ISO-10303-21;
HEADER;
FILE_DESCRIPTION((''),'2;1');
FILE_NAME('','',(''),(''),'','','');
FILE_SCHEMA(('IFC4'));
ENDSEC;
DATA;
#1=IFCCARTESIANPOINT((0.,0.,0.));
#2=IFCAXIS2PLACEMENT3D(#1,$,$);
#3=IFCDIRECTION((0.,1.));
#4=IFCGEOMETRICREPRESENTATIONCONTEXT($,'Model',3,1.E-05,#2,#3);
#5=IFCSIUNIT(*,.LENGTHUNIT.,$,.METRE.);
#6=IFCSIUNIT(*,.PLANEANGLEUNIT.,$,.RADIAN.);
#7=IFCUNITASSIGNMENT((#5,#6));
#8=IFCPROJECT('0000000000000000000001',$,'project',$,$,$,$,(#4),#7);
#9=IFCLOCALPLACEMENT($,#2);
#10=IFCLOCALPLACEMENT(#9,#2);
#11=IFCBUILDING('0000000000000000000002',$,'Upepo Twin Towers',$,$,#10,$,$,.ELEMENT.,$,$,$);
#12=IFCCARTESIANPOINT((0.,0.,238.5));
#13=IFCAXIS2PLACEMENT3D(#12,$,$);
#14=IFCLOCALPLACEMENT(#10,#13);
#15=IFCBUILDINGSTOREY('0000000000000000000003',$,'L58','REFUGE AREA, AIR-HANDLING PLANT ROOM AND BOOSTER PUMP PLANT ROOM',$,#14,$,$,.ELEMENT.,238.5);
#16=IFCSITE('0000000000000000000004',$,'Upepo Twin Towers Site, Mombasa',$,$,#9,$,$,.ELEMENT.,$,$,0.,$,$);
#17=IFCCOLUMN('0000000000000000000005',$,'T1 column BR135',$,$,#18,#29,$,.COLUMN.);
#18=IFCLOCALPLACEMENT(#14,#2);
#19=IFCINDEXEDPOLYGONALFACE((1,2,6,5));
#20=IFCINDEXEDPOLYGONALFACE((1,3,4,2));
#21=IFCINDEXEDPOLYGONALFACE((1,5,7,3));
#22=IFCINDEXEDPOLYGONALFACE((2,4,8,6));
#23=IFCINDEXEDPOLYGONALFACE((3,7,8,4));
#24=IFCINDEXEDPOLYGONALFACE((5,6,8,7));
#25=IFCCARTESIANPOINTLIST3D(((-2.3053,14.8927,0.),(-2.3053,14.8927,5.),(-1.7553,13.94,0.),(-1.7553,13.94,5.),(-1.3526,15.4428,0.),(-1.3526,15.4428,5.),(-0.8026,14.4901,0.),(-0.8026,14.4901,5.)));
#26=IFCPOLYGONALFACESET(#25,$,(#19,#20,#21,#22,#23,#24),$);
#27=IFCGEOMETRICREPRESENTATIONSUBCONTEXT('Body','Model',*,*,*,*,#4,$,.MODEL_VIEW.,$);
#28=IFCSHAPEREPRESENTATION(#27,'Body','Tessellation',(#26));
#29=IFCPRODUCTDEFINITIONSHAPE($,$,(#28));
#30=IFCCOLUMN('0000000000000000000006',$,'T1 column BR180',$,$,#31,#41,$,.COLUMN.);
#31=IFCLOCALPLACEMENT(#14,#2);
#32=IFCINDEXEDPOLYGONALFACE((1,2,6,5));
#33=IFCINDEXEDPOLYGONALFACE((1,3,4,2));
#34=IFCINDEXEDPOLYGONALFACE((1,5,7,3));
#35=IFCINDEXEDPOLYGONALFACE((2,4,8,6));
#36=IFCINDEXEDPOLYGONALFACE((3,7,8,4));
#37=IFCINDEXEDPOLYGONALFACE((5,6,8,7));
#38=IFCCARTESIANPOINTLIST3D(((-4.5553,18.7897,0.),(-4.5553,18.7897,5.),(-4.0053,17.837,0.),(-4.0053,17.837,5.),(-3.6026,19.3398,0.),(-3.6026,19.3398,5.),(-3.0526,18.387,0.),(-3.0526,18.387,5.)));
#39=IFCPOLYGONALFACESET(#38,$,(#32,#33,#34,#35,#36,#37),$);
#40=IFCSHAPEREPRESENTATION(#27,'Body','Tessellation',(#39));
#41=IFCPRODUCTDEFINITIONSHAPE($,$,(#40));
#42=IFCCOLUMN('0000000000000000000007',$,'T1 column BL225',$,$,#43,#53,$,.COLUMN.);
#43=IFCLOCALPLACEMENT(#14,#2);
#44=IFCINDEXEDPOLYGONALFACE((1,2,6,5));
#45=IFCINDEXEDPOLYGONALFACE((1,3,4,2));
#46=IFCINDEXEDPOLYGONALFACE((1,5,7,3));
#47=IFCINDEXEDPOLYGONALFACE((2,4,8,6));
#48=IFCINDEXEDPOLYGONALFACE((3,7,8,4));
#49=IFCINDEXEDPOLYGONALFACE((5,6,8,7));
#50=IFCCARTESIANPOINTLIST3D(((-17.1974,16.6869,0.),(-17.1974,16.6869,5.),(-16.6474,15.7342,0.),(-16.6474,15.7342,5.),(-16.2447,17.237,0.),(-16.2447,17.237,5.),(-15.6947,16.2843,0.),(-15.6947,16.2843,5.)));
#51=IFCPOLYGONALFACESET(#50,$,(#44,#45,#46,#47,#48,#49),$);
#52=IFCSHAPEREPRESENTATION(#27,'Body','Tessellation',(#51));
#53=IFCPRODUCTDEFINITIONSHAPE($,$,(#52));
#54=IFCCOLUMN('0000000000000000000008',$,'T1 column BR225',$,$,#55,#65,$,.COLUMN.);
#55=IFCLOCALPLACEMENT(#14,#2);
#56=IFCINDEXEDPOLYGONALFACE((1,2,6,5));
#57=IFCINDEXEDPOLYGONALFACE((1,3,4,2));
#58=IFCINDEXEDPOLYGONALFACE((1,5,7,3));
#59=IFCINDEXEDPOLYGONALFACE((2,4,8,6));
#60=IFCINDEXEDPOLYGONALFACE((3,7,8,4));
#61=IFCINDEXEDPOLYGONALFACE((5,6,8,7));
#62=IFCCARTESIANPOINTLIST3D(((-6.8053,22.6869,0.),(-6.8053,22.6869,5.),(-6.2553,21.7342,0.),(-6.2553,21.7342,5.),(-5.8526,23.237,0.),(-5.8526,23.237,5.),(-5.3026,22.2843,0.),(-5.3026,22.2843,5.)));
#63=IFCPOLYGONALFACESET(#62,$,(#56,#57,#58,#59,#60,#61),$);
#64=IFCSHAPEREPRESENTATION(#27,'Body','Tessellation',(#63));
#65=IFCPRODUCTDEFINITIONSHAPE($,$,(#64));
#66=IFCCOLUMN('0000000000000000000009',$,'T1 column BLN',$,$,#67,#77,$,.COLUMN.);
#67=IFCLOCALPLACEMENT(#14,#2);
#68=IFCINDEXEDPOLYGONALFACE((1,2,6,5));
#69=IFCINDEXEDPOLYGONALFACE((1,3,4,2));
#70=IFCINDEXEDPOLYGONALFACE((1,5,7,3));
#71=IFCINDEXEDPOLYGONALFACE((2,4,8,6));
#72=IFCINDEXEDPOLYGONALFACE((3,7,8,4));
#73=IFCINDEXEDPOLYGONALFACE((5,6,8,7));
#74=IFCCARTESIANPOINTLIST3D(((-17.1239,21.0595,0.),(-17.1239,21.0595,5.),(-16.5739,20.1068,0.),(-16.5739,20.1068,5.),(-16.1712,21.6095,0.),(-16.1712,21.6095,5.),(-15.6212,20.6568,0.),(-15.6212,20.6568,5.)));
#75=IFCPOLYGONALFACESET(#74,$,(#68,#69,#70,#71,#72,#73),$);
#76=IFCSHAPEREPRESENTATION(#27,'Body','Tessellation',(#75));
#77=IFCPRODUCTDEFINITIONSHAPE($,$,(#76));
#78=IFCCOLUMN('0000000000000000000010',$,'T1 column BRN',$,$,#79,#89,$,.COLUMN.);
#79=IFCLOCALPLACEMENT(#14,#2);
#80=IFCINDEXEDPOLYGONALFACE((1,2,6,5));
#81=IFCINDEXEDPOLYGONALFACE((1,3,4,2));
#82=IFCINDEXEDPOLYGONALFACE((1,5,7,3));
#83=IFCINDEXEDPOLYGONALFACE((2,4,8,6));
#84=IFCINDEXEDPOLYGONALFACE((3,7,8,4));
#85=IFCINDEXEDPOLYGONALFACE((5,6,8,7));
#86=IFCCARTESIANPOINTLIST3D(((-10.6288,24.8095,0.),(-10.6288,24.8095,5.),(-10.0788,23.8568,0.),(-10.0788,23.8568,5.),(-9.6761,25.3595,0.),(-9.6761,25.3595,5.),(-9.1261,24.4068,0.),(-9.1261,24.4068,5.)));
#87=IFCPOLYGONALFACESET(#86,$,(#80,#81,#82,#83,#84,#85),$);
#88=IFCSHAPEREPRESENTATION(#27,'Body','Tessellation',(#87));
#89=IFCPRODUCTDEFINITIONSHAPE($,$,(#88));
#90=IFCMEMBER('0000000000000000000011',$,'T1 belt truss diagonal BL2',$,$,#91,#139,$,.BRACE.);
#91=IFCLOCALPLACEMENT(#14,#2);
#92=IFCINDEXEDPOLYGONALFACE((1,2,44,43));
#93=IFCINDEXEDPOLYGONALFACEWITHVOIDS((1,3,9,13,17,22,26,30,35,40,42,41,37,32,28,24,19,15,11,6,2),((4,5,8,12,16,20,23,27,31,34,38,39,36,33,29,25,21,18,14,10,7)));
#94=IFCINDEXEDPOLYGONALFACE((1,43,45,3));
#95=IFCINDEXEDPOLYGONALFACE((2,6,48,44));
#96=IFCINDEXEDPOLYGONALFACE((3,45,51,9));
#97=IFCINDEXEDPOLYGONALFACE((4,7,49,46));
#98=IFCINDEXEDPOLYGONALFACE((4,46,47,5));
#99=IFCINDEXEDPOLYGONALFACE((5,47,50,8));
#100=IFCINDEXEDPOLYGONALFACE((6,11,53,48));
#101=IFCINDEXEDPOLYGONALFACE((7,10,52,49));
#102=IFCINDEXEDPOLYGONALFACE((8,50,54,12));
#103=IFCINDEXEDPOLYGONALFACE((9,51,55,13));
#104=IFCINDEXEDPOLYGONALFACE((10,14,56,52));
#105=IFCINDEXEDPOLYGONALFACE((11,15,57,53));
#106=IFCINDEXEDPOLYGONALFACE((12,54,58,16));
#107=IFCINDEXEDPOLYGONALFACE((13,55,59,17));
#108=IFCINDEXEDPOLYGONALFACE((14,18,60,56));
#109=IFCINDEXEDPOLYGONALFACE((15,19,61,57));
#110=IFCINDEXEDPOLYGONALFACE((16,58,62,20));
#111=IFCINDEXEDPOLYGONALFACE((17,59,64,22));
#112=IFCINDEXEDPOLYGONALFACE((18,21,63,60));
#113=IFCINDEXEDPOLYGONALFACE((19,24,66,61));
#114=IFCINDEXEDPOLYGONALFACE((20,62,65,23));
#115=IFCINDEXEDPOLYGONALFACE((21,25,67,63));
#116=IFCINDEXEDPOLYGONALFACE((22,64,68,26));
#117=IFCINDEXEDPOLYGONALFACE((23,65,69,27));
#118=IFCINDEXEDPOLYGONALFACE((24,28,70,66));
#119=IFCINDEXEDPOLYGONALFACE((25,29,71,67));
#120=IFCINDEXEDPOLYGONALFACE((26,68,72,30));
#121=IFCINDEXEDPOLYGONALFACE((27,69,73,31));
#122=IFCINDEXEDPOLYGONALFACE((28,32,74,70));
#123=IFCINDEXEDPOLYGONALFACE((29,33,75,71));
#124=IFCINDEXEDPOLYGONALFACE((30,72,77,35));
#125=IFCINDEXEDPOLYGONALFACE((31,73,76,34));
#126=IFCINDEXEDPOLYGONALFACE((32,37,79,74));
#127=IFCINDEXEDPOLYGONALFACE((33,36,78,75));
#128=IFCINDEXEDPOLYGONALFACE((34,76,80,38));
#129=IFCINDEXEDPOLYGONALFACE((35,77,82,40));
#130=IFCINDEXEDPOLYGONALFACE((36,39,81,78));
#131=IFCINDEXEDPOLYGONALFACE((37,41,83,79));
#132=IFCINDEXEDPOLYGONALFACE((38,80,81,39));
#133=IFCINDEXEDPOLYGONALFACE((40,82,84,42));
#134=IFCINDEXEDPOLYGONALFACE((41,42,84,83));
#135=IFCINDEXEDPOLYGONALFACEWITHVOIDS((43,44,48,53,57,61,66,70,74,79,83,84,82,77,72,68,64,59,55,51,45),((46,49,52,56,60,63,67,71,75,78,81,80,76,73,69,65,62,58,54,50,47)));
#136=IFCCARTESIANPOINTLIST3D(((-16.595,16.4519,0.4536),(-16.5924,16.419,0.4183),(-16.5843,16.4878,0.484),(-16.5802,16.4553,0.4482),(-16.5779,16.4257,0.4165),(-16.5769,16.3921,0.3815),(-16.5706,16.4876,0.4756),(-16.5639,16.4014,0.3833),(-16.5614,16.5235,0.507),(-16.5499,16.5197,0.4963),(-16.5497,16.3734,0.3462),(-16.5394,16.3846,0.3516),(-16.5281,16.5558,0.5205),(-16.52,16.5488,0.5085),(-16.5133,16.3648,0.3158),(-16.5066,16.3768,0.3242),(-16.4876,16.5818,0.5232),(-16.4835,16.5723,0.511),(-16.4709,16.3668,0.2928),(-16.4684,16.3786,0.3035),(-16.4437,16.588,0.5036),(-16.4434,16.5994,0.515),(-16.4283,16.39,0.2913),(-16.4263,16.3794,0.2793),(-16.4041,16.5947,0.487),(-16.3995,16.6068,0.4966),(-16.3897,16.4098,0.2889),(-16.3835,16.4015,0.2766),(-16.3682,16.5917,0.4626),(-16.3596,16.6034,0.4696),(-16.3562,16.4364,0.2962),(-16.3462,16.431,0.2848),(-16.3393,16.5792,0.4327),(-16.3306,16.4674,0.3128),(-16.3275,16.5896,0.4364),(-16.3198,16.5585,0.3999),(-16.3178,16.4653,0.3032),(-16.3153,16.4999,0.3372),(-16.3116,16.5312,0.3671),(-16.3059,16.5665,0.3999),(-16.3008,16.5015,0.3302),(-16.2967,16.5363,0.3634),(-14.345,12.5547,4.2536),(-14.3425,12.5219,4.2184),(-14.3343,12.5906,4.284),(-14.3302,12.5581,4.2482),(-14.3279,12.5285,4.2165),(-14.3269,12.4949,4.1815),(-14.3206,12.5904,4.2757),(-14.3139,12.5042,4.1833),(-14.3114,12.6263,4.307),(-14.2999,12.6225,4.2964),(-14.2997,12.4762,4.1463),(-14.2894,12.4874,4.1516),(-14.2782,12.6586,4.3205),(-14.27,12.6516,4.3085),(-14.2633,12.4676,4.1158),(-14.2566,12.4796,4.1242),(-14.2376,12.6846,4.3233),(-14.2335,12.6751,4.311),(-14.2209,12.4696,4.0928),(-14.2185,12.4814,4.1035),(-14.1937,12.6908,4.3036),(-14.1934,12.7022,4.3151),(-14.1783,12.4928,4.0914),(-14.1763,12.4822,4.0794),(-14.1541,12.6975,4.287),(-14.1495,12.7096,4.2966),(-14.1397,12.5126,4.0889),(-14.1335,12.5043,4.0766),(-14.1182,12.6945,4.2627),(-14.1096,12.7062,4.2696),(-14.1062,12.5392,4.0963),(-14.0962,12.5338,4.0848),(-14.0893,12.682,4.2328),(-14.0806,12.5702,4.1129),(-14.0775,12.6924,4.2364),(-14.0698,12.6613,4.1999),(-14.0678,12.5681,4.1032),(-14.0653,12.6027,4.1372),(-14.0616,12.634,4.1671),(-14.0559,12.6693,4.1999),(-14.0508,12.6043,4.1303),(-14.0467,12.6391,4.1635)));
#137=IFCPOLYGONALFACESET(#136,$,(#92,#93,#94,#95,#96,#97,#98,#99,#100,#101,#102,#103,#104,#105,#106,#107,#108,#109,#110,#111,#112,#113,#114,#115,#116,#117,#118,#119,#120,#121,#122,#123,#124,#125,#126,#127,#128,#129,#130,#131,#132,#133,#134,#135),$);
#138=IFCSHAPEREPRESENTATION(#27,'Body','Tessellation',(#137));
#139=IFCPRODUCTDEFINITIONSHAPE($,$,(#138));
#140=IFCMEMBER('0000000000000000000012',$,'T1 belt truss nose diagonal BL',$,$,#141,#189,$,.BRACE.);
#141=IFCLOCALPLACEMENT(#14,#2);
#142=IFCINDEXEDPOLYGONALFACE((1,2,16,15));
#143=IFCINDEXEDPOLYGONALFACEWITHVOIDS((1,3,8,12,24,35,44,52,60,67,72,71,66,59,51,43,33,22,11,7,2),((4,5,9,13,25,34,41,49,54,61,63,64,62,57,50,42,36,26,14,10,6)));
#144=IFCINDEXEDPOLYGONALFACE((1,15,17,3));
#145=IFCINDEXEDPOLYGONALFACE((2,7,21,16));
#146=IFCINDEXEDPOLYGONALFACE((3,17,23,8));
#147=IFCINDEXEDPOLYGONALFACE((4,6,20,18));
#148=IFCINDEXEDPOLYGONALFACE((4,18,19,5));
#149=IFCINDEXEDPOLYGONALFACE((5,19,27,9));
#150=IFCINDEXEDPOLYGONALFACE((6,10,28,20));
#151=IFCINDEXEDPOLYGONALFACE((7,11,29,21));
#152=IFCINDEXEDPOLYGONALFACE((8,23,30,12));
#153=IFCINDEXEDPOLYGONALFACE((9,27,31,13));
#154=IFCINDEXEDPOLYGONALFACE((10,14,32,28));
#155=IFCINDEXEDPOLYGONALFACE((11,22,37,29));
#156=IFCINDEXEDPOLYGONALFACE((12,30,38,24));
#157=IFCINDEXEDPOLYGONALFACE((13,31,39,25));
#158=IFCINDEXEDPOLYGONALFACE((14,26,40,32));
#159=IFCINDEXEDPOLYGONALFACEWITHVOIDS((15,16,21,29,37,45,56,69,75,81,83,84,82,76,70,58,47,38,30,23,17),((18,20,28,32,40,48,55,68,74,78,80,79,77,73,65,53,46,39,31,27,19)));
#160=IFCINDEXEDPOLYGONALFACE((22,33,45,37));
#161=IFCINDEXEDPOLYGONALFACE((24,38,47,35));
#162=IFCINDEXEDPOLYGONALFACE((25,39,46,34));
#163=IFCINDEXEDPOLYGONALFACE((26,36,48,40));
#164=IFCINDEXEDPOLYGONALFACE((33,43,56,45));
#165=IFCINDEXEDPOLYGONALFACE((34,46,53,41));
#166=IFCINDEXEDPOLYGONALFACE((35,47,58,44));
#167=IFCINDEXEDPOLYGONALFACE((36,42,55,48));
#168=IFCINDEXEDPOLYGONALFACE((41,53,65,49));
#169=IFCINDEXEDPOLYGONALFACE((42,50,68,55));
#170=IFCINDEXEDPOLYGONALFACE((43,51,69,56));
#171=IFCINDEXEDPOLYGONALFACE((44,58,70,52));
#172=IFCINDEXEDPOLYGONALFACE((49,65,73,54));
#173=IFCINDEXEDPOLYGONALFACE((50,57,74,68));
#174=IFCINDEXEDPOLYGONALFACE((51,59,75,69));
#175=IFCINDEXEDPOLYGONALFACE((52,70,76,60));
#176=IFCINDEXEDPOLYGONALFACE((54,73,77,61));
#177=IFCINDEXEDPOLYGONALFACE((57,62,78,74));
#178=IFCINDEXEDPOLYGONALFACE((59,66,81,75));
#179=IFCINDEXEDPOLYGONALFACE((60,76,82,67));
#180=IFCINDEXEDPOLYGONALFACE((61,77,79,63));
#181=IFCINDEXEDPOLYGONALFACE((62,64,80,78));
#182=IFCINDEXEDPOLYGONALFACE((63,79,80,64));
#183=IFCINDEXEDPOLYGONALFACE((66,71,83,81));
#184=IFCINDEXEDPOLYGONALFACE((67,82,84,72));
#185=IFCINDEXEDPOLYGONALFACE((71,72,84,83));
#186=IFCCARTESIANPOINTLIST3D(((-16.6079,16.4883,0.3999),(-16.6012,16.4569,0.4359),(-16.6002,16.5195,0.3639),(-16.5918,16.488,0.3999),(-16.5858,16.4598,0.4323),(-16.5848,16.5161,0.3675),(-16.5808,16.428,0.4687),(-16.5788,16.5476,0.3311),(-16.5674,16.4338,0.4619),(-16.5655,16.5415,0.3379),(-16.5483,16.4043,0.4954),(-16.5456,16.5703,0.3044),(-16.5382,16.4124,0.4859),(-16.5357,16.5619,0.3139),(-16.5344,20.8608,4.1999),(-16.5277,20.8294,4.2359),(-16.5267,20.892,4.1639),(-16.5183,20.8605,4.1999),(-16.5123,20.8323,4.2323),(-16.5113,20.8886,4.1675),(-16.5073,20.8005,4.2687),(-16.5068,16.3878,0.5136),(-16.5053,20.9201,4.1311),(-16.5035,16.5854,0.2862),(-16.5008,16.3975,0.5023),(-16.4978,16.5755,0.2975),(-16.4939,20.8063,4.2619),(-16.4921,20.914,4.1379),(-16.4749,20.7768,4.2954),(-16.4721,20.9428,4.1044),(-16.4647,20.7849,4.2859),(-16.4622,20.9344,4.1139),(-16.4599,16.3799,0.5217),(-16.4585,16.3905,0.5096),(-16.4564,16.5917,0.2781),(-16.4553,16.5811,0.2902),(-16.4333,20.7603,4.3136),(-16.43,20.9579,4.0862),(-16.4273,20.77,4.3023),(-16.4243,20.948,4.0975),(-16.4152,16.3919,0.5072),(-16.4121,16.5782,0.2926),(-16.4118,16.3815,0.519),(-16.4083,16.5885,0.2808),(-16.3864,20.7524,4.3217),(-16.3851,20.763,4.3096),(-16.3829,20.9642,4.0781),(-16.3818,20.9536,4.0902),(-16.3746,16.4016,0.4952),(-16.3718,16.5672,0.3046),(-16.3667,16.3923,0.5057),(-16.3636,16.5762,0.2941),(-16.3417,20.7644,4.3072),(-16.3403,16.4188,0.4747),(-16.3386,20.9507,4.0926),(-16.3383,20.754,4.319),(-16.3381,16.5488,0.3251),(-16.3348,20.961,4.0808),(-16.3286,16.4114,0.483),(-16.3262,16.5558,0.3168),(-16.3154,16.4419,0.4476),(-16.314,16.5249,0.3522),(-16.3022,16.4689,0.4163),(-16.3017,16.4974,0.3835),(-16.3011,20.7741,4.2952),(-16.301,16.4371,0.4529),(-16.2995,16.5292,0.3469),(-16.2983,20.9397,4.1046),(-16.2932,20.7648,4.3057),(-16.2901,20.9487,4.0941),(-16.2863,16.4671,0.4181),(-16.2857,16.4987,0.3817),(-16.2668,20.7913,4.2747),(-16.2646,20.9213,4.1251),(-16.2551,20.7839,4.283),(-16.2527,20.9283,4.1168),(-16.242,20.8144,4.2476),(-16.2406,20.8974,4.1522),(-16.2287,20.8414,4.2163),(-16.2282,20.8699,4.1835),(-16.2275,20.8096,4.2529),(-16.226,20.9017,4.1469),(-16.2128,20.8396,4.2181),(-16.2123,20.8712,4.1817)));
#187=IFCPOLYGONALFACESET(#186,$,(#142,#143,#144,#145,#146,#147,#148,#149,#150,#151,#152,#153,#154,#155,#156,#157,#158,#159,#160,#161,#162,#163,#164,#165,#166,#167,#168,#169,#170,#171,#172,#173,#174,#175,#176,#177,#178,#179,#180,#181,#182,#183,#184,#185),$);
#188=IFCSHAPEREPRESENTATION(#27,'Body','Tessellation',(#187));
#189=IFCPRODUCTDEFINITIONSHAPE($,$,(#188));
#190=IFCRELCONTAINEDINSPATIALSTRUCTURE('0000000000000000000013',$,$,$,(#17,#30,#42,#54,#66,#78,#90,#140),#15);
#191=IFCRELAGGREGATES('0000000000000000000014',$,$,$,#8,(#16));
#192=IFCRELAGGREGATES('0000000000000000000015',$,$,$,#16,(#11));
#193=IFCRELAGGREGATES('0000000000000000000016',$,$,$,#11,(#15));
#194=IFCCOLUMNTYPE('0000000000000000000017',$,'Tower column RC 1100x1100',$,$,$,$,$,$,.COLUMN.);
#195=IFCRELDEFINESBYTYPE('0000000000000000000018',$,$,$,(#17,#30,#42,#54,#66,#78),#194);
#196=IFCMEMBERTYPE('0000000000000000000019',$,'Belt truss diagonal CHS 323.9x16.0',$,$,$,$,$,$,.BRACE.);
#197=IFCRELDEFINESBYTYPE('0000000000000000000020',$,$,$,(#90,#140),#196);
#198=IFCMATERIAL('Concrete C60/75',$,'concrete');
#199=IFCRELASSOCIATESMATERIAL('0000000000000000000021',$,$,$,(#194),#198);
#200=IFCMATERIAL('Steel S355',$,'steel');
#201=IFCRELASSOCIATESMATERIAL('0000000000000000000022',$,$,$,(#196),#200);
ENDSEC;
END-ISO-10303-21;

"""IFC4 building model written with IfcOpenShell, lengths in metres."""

from ifc_helpers import new_model, si_unit, direction, frame, origin, origin_2d, place, context, subcontext, project, spatial, rectangle, hollow_circle, extrude, material, material_profile, profile_set, type_object, element, save


model = new_model("IFC4")

# Units and contexts
model_context = context("Model", 3, precision=1e-05, world=origin(), true_north=direction((0.0, 1.0)))
body_context = subcontext(model_context, "Body", "Model", "MODEL_VIEW")
ifc_project = project(units=[si_unit("LENGTHUNIT", "METRE"), si_unit("PLANEANGLEUNIT", "RADIAN")], contexts=[model_context])

# Site, building, storey
site_placement = place(None, origin())
site = spatial("IfcSite", under=ifc_project, at=site_placement, Name="Upepo Twin Towers Site, Mombasa", CompositionType="ELEMENT", RefElevation=0.0)
building_placement = place(site_placement, origin())
building = spatial("IfcBuilding", under=site, at=building_placement, Name="Upepo Twin Towers", CompositionType="ELEMENT")
storey_placement = place(building_placement, frame((0.0, 0.0, 238.5)))
storey = spatial("IfcBuildingStorey", under=building, at=storey_placement, Name="L58", Description="REFUGE AREA, AIR-HANDLING PLANT ROOM AND BOOSTER PUMP PLANT ROOM", CompositionType="ELEMENT", Elevation=238.5)

# Columns
ifc_material_1 = material(Name="Concrete C60/75", Category="concrete")
ifc_material_profile_1 = material_profile(ifc_material_1, rectangle(XDim=1.1001, YDim=1.1001, at=origin_2d()), Name="RC 1100x1100")
ifc_profile_set_1 = profile_set([ifc_material_profile_1], Name="Concrete C60/75")
column_type = type_object("IfcColumnType", Name="Tower column RC 1100x1100", PredefinedType="COLUMN", material=ifc_profile_set_1)
for number, where, z_axis, x_axis, name in (
    (1, (-1.554, 14.6914, 0.0), (0.0, 0.0, 1.0), (0.866025, 0.5, 0.0), "T1 column BR135"),
    (2, (-3.804, 18.5884, 0.0), (0.0, 0.0, 1.0), (0.866025, 0.5, 0.0), "T1 column BR180"),
    (3, (-16.446, 16.4856, 0.0), (0.0, 0.0, 1.0), (0.866025, 0.5, 0.0), "T1 column BL225"),
    (4, (-6.054, 22.4856, 0.0), (0.0, 0.0, 1.0), (0.866025, 0.5, 0.0), "T1 column BR225"),
    (5, (-16.3726, 20.8582, 0.0), (0.0, 0.0, 1.0), (0.866025, 0.5, 0.0), "T1 column BLN"),
    (6, (-9.8774, 24.6082, 0.0), (0.0, 0.0, 1.0), (0.866025, 0.5, 0.0), "T1 column BRN"),
):
    element("IfcColumn", number, at=place(storey_placement, frame(where, z_axis=z_axis, x_axis=x_axis)), inside=storey, type_object=column_type, Name=name, PredefinedType="COLUMN", context=body_context, shape_type="SweptSolid", body=[
        extrude(rectangle(XDim=1.1001, YDim=1.1001, at=origin_2d()), origin(), (0.0, 0.0, 1.0), 5.0),
    ])

# Members
ifc_material_2 = material(Name="Steel S355", Category="steel")
ifc_material_profile_2 = material_profile(ifc_material_2, hollow_circle(Radius=0.1619, WallThickness=0.0161, at=origin_2d()), Name="CHS 323.9x16.0")
ifc_profile_set_2 = profile_set([ifc_material_profile_2], Name="Steel S355")
member_type = type_object("IfcMemberType", Name="Belt truss diagonal CHS 323.9x16.0", PredefinedType="BRACE", material=ifc_profile_set_2)
member_1_placement = place(storey_placement, frame((-16.446, 16.4856, 0.3999), z_axis=(0.382009, -0.661676, 0.645178), x_axis=(0.866031, 0.49999, 0.0)))
element("IfcMember", 7, at=member_1_placement, inside=storey, type_object=member_type, Name="T1 belt truss diagonal BL2", PredefinedType="BRACE", context=body_context, shape_type="SweptSolid", body=[
    extrude(hollow_circle(Radius=0.1619, WallThickness=0.0161, at=origin_2d()), origin(), (0.0, 0.0, 1.0), 5.8899),
])
member_2_placement = place(storey_placement, frame((-16.446, 16.4856, 0.3999), z_axis=(0.012684, 0.754731, 0.655912), x_axis=(-0.999859, 0.016804, 0.0)))
element("IfcMember", 8, at=member_2_placement, inside=storey, type_object=member_type, Name="T1 belt truss nose diagonal BL", PredefinedType="BRACE", context=body_context, shape_type="SweptSolid", body=[
    extrude(hollow_circle(Radius=0.1619, WallThickness=0.0161, at=origin_2d()), origin(), (0.0, 0.0, 1.0), 5.7935),
])

save(model, "model.ifc")
